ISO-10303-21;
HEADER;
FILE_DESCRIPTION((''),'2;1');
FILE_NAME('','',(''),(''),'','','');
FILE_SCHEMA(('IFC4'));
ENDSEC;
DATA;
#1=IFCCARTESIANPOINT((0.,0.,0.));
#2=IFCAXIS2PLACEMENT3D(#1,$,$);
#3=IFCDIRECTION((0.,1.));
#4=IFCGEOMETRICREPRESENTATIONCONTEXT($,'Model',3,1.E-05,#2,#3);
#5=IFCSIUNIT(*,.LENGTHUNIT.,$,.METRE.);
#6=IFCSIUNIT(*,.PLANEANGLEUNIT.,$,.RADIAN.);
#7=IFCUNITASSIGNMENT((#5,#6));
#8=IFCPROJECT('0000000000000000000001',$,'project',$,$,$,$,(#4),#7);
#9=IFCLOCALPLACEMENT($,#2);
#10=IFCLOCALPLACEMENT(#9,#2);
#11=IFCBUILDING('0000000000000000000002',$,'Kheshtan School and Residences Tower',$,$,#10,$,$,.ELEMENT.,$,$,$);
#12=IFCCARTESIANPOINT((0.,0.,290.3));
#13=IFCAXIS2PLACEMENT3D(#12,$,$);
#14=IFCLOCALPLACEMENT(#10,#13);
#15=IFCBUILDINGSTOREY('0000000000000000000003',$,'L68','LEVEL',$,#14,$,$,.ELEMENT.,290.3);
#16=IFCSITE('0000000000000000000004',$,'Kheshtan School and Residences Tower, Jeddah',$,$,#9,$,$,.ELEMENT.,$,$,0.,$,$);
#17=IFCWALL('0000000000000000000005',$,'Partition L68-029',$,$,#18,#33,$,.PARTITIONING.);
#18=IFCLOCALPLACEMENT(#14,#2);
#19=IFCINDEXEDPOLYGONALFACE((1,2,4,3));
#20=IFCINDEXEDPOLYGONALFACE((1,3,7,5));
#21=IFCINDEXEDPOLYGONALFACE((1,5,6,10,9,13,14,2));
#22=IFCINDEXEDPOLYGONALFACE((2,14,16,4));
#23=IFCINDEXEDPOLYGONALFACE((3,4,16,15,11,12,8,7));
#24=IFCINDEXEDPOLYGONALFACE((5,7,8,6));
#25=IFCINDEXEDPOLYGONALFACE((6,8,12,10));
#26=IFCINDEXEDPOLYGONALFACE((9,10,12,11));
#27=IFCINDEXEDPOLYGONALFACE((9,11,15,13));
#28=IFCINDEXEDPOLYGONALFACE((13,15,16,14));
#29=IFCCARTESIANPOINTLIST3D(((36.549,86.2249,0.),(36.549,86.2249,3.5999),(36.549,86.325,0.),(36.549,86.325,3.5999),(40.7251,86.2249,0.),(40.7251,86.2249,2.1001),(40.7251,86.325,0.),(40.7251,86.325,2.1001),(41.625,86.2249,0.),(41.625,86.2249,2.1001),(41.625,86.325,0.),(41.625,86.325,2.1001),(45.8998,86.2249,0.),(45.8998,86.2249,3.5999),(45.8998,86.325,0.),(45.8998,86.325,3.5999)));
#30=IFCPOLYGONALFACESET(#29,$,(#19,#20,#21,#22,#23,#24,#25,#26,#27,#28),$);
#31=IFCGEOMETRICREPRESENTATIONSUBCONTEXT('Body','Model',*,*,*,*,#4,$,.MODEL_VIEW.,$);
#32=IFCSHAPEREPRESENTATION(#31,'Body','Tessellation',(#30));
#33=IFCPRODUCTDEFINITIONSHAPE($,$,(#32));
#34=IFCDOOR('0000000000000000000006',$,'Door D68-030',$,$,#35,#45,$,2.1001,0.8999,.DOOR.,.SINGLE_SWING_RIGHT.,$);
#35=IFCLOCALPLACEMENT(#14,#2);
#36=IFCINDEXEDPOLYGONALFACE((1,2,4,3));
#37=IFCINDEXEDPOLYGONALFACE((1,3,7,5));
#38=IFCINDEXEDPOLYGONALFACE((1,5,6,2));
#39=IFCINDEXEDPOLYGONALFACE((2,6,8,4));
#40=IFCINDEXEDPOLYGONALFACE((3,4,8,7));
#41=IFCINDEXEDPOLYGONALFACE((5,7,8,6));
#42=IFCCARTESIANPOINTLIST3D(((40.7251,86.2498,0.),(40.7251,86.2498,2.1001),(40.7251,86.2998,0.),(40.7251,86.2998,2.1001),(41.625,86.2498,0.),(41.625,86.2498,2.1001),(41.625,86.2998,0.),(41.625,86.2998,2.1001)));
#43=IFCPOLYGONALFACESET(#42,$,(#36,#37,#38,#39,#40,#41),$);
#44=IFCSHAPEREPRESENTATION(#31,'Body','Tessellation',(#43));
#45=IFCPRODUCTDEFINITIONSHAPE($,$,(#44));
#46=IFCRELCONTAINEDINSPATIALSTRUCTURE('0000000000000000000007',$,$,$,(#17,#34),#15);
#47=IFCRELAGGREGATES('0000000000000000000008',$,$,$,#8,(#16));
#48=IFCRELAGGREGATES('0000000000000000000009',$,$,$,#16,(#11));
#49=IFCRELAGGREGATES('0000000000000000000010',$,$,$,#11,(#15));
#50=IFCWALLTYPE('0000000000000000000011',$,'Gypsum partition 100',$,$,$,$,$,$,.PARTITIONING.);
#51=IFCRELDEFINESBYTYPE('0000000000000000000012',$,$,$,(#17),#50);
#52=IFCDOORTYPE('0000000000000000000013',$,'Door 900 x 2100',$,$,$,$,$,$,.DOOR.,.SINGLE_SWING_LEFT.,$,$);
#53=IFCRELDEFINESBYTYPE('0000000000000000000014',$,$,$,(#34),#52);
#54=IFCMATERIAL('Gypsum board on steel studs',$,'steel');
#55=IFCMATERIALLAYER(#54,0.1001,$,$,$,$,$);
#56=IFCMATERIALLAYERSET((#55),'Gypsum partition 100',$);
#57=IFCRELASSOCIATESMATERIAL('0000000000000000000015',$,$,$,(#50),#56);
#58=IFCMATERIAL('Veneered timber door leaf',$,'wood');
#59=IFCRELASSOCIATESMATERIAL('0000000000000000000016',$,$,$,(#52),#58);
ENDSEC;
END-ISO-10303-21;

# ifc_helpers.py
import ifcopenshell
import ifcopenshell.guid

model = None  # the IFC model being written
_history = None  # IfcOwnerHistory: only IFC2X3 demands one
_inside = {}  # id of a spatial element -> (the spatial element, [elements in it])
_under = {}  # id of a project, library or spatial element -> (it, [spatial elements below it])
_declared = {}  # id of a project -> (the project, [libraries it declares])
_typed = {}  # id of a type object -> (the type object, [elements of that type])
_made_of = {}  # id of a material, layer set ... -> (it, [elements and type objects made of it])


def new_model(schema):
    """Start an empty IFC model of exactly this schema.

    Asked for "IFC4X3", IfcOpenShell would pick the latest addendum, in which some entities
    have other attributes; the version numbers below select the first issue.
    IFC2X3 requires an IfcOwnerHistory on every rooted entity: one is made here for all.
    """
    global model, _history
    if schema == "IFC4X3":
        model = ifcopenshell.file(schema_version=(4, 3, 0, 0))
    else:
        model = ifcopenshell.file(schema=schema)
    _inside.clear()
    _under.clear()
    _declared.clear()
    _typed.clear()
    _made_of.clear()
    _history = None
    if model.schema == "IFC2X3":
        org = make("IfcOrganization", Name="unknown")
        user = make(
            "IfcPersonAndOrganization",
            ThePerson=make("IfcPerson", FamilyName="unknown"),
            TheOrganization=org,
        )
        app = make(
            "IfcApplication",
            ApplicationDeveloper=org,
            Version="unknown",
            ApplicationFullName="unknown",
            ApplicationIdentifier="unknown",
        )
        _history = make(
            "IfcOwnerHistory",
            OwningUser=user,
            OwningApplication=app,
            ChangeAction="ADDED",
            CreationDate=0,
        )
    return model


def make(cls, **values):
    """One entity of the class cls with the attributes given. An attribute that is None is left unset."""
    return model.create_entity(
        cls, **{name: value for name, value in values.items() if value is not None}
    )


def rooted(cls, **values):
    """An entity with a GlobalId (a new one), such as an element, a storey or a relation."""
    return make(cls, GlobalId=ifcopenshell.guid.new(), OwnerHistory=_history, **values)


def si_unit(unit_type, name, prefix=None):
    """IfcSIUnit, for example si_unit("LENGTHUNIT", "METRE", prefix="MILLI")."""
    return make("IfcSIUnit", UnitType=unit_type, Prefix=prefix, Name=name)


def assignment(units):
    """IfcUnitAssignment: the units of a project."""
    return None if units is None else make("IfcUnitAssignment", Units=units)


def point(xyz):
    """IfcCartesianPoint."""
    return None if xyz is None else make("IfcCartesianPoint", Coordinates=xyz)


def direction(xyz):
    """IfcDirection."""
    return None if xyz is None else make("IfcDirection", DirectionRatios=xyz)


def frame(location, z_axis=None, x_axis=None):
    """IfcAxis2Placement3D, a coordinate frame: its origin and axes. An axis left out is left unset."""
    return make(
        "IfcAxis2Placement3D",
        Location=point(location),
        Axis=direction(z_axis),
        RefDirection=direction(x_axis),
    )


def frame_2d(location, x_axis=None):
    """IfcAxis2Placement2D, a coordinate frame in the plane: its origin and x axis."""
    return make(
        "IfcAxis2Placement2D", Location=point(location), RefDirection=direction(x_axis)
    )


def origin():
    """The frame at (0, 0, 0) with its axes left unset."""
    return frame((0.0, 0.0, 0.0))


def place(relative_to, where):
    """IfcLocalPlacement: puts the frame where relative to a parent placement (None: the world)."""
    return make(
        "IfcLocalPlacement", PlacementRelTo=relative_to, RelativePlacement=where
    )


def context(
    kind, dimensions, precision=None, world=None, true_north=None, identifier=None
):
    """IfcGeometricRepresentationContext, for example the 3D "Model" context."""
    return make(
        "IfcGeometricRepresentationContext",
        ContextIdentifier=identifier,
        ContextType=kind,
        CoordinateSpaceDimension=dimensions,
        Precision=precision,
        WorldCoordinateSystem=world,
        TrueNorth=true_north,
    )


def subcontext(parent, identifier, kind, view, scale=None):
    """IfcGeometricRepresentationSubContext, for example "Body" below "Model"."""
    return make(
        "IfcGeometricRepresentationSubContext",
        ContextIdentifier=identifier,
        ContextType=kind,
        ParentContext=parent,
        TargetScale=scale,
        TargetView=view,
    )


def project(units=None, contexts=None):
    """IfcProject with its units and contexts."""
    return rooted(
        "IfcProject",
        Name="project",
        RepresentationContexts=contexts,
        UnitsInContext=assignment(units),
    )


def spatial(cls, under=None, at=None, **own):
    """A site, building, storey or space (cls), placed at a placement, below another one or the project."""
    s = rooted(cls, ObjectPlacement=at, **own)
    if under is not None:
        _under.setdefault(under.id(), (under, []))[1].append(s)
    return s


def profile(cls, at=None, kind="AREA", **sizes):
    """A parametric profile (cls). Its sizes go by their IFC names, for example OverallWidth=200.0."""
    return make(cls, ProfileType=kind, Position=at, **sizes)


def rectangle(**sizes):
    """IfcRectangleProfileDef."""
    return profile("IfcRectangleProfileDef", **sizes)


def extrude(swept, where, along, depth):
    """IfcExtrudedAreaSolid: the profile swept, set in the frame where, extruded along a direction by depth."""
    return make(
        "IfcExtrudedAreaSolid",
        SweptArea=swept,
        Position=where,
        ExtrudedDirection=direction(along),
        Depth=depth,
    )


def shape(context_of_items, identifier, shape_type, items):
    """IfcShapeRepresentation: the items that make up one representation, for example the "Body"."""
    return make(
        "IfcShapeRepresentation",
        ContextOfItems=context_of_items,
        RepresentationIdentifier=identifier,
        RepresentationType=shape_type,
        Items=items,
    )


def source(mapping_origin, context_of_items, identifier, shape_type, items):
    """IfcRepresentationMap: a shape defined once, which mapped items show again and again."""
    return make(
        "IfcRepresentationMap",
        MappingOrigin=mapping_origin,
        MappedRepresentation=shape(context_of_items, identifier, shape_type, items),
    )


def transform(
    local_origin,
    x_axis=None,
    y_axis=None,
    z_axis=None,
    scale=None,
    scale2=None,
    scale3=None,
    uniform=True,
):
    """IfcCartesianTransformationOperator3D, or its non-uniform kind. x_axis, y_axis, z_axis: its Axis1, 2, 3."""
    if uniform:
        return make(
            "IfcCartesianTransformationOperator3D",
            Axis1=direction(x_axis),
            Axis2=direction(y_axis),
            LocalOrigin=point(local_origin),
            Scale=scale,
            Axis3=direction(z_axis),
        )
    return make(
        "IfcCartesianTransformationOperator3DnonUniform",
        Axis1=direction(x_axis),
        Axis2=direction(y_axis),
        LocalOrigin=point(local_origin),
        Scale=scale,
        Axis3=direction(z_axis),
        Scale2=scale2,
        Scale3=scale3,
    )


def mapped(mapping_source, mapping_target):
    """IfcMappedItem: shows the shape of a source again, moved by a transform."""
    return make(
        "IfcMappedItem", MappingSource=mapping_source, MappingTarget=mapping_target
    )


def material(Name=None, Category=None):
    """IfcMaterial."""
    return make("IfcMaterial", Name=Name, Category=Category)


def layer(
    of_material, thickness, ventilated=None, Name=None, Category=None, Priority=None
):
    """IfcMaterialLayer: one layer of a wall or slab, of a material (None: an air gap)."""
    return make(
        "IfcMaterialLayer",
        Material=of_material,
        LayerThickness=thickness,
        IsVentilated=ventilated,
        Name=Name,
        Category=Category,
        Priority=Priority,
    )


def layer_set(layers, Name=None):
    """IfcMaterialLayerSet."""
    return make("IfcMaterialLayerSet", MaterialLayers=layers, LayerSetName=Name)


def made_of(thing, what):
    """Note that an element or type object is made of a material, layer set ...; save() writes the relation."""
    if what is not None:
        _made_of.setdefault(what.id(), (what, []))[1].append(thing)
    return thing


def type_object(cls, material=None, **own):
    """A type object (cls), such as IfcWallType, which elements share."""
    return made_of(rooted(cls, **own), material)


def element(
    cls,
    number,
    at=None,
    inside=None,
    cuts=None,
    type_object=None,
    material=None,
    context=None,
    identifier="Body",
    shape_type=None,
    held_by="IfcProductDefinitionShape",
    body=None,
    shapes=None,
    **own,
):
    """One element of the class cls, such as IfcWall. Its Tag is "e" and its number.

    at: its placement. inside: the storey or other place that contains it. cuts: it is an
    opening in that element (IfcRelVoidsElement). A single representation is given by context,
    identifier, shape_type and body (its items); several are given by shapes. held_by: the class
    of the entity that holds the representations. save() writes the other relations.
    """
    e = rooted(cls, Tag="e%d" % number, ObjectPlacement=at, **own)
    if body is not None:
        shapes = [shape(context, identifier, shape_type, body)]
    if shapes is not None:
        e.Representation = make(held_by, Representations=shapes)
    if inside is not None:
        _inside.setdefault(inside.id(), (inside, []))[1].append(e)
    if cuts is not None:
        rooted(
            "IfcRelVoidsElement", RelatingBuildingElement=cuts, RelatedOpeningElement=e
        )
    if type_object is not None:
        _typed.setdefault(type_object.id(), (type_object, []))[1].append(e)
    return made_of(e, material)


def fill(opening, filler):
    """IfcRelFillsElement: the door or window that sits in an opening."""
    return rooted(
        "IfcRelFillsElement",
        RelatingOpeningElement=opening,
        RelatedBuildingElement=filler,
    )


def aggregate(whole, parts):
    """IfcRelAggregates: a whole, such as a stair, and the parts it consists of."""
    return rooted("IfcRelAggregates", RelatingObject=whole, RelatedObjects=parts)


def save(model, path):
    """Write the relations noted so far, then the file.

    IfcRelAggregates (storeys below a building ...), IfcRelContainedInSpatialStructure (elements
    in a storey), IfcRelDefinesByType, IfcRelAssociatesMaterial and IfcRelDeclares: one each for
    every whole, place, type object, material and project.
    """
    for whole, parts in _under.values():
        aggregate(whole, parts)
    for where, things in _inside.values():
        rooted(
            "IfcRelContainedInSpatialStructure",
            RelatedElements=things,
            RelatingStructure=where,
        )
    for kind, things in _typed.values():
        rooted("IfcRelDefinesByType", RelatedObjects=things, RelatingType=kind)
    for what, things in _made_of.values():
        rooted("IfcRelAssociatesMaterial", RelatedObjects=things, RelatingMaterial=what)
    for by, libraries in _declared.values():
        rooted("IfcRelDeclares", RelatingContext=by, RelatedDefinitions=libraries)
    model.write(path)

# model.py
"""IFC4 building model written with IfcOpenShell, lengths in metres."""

from ifc_helpers import new_model, si_unit, direction, frame, frame_2d, origin, place, context, subcontext, project, spatial, rectangle, extrude, source, transform, mapped, material, layer, layer_set, type_object, element, fill, save


model = new_model("IFC4")

# Units and contexts
model_context = context("Model", 3, precision=1e-05, world=origin(), true_north=direction((0.0, 1.0)))
body_context = subcontext(model_context, "Body", "Model", "MODEL_VIEW")
ifc_project = project(units=[si_unit("LENGTHUNIT", "METRE"), si_unit("PLANEANGLEUNIT", "RADIAN")], contexts=[model_context])

# Site, building, storey
site_placement = place(None, origin())
site = spatial("IfcSite", under=ifc_project, at=site_placement, Name="Kheshtan School and Residences Tower, Jeddah", CompositionType="ELEMENT", RefElevation=0.0)
building_placement = place(site_placement, origin())
building = spatial("IfcBuilding", under=site, at=building_placement, Name="Kheshtan School and Residences Tower", CompositionType="ELEMENT")
storey_placement = place(building_placement, frame((0.0, 0.0, 290.3)))
storey = spatial("IfcBuildingStorey", under=building, at=storey_placement, Name="L68", Description="LEVEL", CompositionType="ELEMENT", Elevation=290.3)

# Wall, opening, door
ifc_material_1 = material(Name="Gypsum board on steel studs", Category="steel")
ifc_layer_1 = layer(ifc_material_1, 0.1001)
ifc_layer_set_1 = layer_set([ifc_layer_1], Name="Gypsum partition 100")
wall_type_1 = type_object("IfcWallType", Name="Gypsum partition 100", PredefinedType="PARTITIONING", material=ifc_layer_set_1)
wall_1_placement = place(storey_placement, frame((36.5491, 86.2749, 0.0), z_axis=(0.0, 0.0, 1.0), x_axis=(1.0, 0.0, 0.0)))
wall_1 = element("IfcWall", 1, at=wall_1_placement, inside=storey, type_object=wall_type_1, Name="Partition L68-029", PredefinedType="PARTITIONING", context=body_context, shape_type="SweptSolid", body=[
    extrude(rectangle(XDim=9.3508, YDim=0.1001, at=frame_2d((4.6753, 0.0))), origin(), (0.0, 0.0, 1.0), 3.5999),
])
opening_1_placement = place(wall_1_placement, frame((4.176, 0.0, 0.0)))
opening_1 = element("IfcOpeningElement", 2, at=opening_1_placement, cuts=wall_1, PredefinedType="OPENING", context=body_context, shape_type="SweptSolid", body=[
    extrude(rectangle(XDim=0.8999, YDim=2.1001, at=frame_2d((0.45, 1.05))), frame((0.0, 0.0601, 0.0), z_axis=(0.0, -1.0, 0.0), x_axis=(1.0, 0.0, 0.0)), (0.0, 0.0, 1.0), 0.1201),
])
ifc_material_2 = material(Name="Veneered timber door leaf", Category="wood")
door_type_1 = type_object("IfcDoorType", Name="Door 900 x 2100", OperationType="SINGLE_SWING_LEFT", PredefinedType="DOOR", material=ifc_material_2)
shared_shape_1 = source(origin(), body_context, "Body", "SweptSolid", [
    extrude(rectangle(XDim=0.8999, YDim=2.1001, at=frame_2d((0.45, 1.05))), frame((0.0, 0.0249, 0.0), z_axis=(0.0, -1.0, 0.0), x_axis=(1.0, 0.0, 0.0)), (0.0, 0.0, 1.0), 0.05),
])
door_1_placement = place(opening_1_placement, origin())
door_1 = element("IfcDoor", 3, at=door_1_placement, inside=storey, type_object=door_type_1, Name="Door D68-030", OperationType="SINGLE_SWING_RIGHT", OverallHeight=2.1001, OverallWidth=0.8999, PredefinedType="DOOR", context=body_context, shape_type="MappedRepresentation", body=[
    mapped(shared_shape_1, transform((0.0, 0.0, 0.0), x_axis=(1.0, 0.0, 0.0), y_axis=(0.0, 1.0, 0.0), z_axis=(0.0, 0.0, 1.0), scale=1.0)),
])
fill(opening_1, door_1)

save(model, "model.ifc")
